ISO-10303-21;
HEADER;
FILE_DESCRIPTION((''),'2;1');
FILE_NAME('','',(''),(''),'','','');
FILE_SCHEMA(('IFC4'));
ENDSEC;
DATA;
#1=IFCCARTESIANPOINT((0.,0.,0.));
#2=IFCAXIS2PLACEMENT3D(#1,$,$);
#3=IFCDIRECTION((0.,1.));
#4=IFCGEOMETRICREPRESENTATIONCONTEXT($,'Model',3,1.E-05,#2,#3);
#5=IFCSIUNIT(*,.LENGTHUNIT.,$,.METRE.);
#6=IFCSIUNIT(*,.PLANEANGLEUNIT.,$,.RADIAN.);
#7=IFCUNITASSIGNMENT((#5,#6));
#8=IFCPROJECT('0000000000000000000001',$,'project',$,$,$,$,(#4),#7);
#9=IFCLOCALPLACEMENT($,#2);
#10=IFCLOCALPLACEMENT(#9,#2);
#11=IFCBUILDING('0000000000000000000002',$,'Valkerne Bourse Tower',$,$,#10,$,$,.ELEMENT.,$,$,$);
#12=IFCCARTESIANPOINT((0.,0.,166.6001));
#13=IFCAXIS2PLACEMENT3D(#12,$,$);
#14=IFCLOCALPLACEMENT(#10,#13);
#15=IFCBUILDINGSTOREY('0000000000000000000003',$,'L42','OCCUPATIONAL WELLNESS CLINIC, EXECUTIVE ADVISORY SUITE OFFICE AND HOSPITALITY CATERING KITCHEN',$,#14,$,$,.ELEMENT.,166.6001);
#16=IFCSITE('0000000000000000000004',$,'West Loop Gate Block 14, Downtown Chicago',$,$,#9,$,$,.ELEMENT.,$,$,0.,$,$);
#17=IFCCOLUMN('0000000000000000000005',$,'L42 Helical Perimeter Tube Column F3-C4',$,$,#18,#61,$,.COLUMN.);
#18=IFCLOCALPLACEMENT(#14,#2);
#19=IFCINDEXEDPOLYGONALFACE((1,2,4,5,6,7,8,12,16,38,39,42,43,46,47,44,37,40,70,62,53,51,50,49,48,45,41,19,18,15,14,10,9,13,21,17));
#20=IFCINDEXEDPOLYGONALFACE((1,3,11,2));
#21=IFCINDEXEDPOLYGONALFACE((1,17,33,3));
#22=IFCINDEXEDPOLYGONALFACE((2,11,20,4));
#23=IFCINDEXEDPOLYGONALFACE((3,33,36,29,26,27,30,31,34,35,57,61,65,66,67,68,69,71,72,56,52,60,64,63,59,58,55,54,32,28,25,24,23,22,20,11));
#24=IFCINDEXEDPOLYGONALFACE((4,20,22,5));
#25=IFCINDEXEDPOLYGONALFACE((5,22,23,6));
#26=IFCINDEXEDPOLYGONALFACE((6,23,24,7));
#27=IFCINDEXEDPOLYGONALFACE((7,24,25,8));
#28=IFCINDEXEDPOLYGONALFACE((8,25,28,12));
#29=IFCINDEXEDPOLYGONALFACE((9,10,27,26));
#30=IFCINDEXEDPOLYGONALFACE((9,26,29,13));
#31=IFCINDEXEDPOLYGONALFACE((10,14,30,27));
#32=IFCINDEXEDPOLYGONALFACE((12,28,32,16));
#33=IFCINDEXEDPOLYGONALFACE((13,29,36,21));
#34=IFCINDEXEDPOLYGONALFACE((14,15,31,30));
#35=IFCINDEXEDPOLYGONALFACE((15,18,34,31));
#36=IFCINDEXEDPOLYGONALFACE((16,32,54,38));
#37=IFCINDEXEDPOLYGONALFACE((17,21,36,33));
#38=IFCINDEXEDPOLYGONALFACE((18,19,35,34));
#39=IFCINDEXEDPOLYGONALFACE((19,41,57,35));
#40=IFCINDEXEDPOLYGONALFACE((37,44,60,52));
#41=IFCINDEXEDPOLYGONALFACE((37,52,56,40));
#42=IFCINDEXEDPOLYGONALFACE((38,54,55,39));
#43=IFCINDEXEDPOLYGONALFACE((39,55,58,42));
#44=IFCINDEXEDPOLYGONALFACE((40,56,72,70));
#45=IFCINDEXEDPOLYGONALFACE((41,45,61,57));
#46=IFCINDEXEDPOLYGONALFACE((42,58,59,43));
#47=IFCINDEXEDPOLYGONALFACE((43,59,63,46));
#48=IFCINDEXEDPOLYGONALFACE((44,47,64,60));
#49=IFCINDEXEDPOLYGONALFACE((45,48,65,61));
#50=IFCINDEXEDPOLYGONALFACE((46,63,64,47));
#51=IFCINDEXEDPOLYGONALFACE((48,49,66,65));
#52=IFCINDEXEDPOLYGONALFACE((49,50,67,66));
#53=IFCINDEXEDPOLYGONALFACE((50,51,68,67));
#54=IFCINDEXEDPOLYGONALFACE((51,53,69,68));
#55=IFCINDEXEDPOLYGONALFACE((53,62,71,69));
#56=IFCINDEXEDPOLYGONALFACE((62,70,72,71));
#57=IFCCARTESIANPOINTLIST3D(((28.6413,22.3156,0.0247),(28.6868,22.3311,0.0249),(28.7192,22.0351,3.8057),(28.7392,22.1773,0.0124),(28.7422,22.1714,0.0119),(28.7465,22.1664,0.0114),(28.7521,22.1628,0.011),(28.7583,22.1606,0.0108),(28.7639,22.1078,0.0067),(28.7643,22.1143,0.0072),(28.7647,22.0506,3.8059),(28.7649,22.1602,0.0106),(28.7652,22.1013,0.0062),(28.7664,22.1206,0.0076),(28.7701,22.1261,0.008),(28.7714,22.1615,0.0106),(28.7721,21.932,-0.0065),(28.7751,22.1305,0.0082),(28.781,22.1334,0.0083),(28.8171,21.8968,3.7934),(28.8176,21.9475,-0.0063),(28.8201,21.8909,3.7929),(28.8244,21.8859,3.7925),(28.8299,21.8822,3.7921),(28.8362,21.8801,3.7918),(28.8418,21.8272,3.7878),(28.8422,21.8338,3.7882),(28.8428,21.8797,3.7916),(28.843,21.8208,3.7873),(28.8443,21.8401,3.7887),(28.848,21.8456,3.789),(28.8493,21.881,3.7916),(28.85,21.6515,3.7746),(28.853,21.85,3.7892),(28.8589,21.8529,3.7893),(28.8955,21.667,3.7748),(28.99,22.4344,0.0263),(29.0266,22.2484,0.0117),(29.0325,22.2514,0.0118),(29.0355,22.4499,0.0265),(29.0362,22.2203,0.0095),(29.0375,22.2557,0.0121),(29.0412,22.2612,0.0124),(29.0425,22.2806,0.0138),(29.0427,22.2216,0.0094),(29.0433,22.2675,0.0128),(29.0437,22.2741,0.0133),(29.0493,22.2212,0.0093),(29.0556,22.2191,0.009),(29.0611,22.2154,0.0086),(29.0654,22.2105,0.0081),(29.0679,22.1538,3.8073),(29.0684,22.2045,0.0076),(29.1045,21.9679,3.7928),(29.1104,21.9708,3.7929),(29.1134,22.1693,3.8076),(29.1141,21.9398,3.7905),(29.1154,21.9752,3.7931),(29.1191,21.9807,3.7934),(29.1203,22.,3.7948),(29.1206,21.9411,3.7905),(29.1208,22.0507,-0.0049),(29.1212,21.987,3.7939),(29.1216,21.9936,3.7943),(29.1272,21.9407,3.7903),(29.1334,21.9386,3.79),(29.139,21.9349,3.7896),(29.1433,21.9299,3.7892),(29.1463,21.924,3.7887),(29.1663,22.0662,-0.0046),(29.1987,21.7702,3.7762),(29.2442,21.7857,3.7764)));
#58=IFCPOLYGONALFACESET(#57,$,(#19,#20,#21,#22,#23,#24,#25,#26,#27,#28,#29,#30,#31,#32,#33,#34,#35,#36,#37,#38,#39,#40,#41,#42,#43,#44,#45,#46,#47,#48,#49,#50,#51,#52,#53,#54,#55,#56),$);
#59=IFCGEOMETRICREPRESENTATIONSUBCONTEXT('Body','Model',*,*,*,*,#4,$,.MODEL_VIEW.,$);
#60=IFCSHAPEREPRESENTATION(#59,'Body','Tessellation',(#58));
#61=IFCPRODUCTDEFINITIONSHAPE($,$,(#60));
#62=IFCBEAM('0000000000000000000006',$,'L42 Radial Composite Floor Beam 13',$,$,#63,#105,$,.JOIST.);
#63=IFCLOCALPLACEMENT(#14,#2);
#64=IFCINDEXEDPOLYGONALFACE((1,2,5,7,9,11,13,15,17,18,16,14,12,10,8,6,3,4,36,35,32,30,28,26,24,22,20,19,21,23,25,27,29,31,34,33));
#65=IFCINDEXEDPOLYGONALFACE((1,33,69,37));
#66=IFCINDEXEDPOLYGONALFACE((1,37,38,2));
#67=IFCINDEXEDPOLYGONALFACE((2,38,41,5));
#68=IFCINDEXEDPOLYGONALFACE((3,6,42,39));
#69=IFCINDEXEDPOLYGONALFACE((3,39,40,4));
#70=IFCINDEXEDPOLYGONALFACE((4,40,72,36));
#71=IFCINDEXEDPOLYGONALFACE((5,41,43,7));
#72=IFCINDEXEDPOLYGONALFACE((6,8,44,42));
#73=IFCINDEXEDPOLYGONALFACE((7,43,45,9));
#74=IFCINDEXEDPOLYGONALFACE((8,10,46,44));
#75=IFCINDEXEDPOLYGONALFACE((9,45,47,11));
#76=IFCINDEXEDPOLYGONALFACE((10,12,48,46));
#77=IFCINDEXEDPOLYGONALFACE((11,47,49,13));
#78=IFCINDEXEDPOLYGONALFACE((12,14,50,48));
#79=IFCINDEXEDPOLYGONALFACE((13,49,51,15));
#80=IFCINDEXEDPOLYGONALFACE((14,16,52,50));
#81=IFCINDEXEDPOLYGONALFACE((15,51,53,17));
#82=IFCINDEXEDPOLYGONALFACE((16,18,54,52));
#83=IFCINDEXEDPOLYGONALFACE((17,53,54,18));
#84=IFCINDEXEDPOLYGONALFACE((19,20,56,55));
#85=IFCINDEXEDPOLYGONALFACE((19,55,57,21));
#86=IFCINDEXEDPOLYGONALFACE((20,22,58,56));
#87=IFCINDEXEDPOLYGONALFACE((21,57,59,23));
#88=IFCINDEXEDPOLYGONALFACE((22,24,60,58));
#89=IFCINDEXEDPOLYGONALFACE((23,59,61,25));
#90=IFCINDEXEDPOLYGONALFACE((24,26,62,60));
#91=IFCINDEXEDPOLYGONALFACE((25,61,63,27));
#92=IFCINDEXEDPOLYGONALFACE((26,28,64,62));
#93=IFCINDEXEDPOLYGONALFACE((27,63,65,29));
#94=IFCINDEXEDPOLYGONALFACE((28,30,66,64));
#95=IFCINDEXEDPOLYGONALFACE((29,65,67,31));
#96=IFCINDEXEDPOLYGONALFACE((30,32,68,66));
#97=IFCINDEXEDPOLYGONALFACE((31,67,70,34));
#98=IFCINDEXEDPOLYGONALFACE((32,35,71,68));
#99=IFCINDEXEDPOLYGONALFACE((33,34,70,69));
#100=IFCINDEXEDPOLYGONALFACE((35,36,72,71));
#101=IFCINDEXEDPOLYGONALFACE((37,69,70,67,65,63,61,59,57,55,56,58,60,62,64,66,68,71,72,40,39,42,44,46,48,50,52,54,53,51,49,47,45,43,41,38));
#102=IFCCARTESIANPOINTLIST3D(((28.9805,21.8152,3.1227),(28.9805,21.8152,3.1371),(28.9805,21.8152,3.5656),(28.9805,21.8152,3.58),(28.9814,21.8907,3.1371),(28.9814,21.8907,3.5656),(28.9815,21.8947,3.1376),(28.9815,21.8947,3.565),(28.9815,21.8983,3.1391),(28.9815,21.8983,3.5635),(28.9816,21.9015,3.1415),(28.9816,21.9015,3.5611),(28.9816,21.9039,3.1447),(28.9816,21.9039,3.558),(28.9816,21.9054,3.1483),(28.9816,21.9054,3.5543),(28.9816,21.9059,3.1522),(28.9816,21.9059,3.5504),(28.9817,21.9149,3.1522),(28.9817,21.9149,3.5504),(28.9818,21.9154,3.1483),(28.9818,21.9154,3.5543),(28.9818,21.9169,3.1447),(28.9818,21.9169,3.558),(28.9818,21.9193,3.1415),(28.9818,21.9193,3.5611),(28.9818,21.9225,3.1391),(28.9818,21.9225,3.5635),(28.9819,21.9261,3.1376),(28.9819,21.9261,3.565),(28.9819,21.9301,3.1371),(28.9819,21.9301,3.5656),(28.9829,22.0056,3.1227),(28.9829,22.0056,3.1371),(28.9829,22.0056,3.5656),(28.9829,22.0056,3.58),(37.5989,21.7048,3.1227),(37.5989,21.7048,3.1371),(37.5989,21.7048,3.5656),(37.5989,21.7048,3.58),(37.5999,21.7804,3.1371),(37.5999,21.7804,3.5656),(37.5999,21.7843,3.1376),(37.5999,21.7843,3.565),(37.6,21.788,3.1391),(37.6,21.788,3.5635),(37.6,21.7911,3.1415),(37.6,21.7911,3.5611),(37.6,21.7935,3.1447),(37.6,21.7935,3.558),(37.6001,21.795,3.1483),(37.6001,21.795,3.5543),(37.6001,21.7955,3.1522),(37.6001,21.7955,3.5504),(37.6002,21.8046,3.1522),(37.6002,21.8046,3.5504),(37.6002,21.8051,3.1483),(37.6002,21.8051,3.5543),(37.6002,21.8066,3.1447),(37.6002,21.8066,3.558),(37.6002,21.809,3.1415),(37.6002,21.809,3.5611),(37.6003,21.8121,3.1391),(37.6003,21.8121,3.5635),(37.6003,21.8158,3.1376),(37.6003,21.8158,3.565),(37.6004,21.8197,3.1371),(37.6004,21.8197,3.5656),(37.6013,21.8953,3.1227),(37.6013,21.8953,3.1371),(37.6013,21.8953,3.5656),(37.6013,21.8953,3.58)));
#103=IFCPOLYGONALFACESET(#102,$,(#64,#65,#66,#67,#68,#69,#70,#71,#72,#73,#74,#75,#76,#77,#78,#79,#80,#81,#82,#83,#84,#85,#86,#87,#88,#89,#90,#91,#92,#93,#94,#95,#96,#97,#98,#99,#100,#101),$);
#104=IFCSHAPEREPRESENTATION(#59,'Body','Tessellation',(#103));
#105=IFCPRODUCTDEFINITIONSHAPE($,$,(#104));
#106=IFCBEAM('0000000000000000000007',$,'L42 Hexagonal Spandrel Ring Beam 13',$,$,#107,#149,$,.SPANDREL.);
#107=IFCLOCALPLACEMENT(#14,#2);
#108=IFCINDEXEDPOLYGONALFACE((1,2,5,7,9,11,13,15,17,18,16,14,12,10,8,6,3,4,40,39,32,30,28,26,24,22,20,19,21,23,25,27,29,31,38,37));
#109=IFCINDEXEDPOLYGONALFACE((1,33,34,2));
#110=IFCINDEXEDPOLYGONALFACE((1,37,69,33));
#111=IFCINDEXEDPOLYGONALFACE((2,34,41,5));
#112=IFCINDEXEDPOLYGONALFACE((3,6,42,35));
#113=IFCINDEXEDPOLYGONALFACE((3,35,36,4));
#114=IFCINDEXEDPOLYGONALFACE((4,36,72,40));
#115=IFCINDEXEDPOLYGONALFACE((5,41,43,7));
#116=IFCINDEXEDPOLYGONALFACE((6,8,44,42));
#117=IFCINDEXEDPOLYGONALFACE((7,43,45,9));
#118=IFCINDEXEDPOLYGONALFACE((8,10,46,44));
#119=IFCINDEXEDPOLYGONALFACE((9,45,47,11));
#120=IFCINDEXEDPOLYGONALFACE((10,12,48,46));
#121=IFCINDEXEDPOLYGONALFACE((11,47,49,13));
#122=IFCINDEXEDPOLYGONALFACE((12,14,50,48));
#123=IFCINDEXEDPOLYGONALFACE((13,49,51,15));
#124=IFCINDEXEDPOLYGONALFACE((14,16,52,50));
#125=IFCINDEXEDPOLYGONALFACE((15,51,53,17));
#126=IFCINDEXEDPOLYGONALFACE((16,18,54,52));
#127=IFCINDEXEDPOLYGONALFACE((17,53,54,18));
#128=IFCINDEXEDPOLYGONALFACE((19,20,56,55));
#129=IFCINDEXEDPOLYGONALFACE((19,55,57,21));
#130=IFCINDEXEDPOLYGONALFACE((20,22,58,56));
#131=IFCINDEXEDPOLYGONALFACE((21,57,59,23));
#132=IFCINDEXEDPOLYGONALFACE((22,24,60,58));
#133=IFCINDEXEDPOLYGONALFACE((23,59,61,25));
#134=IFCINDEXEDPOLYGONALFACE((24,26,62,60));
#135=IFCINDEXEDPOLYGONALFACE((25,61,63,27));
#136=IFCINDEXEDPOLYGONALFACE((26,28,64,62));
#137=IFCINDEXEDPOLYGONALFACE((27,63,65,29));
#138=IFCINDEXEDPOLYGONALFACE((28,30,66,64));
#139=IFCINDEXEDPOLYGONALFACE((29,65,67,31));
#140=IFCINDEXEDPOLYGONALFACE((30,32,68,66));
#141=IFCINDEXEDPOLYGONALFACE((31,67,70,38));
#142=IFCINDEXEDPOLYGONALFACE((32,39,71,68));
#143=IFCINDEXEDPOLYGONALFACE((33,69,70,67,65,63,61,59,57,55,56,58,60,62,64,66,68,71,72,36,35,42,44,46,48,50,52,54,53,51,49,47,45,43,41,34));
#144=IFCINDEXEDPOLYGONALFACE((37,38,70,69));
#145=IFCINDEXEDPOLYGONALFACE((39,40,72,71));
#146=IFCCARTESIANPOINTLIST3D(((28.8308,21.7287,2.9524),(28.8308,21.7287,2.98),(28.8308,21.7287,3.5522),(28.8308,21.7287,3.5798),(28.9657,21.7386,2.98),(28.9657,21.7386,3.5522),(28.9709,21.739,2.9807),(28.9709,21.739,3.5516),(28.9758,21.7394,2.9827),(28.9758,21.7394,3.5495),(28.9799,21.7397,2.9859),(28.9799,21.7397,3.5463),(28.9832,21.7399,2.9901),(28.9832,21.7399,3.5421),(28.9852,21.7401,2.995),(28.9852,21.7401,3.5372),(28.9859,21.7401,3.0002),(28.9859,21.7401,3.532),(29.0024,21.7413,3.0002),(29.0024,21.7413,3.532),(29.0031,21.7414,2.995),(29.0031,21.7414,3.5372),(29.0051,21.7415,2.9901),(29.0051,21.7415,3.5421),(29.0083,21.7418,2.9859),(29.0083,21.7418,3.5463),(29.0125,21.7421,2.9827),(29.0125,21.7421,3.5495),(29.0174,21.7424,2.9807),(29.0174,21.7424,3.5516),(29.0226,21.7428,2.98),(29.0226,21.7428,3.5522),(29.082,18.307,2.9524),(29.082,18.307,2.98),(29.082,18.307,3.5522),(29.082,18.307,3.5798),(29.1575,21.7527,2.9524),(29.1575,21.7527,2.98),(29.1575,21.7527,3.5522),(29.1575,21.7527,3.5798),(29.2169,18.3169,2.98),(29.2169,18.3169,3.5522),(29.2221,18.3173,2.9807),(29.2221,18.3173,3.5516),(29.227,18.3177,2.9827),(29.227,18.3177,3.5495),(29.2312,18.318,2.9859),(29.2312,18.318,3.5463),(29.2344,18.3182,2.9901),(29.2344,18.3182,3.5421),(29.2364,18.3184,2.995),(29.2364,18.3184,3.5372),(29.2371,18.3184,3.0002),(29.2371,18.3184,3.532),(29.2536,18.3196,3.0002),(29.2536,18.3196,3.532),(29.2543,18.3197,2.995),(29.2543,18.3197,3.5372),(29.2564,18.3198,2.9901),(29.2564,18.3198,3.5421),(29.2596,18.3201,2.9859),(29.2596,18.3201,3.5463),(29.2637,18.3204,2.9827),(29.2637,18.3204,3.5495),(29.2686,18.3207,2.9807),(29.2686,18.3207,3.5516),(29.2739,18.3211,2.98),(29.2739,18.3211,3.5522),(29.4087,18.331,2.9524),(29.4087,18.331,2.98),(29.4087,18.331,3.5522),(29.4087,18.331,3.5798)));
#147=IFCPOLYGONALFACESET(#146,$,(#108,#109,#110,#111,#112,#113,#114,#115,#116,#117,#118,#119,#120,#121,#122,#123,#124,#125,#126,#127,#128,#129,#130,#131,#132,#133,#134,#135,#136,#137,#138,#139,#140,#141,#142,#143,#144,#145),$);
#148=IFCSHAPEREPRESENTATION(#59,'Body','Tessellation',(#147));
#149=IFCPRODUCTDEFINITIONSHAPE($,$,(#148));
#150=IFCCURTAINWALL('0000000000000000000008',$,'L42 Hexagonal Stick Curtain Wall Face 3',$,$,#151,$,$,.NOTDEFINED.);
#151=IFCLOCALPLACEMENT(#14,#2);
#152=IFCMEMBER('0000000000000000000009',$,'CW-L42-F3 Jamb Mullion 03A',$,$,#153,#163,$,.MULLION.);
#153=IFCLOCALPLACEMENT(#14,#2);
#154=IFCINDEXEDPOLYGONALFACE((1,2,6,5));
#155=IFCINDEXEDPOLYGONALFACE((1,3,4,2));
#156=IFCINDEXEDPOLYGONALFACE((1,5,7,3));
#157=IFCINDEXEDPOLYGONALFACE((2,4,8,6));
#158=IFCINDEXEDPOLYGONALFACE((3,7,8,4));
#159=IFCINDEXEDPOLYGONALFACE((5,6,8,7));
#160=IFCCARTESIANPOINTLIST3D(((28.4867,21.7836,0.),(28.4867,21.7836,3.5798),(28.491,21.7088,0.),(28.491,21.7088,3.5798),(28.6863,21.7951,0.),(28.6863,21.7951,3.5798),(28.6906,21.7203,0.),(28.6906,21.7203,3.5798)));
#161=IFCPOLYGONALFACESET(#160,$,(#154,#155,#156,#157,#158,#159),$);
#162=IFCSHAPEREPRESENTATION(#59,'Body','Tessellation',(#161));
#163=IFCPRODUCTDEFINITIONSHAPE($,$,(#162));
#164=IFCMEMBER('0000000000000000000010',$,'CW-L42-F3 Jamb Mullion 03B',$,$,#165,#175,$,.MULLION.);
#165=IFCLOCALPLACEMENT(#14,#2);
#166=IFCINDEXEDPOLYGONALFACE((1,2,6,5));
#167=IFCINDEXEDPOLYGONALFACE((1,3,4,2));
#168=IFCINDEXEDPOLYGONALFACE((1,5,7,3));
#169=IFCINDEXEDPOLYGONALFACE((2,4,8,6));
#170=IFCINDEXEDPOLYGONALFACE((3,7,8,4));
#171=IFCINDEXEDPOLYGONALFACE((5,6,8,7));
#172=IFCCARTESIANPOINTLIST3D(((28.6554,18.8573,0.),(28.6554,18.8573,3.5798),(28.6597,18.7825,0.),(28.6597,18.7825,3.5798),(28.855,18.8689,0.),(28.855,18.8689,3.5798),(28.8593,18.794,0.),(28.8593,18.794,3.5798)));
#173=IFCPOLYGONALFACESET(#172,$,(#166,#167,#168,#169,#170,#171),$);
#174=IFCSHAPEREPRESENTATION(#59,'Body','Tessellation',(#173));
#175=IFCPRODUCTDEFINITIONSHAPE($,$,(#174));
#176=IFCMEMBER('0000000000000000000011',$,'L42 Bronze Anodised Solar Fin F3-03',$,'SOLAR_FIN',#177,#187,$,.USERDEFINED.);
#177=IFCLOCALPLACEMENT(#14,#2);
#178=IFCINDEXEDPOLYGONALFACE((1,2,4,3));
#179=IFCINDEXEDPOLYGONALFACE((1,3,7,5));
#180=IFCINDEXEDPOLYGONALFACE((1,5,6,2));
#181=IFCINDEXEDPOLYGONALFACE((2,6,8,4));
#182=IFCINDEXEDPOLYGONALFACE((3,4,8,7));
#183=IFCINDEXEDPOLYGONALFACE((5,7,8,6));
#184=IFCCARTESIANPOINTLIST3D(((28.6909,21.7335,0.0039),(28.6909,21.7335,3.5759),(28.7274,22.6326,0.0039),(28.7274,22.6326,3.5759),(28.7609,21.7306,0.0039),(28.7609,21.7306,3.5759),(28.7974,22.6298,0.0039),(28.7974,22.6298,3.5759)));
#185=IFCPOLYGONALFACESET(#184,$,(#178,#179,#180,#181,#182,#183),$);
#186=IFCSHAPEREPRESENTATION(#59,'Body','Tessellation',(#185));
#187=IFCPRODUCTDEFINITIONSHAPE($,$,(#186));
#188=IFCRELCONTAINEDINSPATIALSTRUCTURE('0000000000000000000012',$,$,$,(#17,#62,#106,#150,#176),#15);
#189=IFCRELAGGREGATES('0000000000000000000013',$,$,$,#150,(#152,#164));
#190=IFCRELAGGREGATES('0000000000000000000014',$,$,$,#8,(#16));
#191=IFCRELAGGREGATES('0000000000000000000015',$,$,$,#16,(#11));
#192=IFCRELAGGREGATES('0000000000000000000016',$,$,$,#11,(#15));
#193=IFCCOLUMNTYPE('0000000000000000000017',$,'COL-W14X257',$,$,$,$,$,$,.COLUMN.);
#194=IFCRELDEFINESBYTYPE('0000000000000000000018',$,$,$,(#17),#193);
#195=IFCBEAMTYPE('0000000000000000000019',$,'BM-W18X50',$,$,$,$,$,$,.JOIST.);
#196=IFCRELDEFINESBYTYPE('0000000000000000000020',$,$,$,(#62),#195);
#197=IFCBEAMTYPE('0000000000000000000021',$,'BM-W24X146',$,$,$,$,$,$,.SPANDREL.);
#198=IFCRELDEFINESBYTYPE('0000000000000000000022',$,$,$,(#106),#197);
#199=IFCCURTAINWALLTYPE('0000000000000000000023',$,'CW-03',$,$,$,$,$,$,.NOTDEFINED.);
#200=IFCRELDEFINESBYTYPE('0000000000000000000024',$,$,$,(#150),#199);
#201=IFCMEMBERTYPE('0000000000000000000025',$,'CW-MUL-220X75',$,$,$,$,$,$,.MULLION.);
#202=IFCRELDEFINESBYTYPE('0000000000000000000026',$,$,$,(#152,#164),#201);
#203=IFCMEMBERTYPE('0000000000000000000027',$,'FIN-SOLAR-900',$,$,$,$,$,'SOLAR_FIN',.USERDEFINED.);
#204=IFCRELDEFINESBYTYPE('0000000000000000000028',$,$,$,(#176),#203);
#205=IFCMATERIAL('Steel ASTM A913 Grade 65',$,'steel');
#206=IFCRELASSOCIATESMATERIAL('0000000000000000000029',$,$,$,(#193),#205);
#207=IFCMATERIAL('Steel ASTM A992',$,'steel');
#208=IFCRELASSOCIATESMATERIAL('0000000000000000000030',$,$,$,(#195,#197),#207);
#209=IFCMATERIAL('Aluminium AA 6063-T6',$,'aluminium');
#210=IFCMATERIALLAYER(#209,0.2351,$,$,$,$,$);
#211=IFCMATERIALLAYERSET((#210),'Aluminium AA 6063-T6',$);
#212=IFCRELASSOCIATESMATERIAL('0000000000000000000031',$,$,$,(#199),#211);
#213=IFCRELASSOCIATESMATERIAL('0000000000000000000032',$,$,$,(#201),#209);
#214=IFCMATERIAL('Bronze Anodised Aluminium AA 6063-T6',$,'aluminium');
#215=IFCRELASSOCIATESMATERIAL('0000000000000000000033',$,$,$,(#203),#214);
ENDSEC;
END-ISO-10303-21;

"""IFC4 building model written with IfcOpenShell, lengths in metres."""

from ifc_helpers import new_model, si_unit, direction, frame, origin, origin_2d, place, context, subcontext, project, spatial, rectangle, i_section, extrude, material, layer, layer_set, material_profile, profile_set, type_object, element, aggregate, save


model = new_model("IFC4")

# Units and contexts
model_context = context("Model", 3, precision=1e-05, world=origin(), true_north=direction((0.0, 1.0)))
body_context = subcontext(model_context, "Body", "Model", "MODEL_VIEW")
ifc_project = project(units=[si_unit("LENGTHUNIT", "METRE"), si_unit("PLANEANGLEUNIT", "RADIAN")], contexts=[model_context])

# Site, building, storey
site_placement = place(None, origin())
site = spatial("IfcSite", under=ifc_project, at=site_placement, Name="West Loop Gate Block 14, Downtown Chicago", CompositionType="ELEMENT", RefElevation=0.0)
building_placement = place(site_placement, origin())
building = spatial("IfcBuilding", under=site, at=building_placement, Name="Valkerne Bourse Tower", CompositionType="ELEMENT")
storey_placement = place(building_placement, frame((0.0, 0.0, 166.6001)))
storey = spatial("IfcBuildingStorey", under=building, at=storey_placement, Name="L42", Description="OCCUPATIONAL WELLNESS CLINIC, EXECUTIVE ADVISORY SUITE OFFICE AND HOSPITALITY CATERING KITCHEN", CompositionType="ELEMENT", Elevation=166.6001)

# Column
ifc_material_1 = material(Name="Steel ASTM A913 Grade 65", Category="steel")
ifc_material_profile_1 = material_profile(ifc_material_1, i_section(OverallWidth=0.4065, OverallDepth=0.4165, WebThickness=0.0298, FlangeThickness=0.0481, FilletRadius=0.0254, at=origin_2d()), Name="W14X257")
ifc_profile_set_1 = profile_set([ifc_material_profile_1], Name="Steel ASTM A913 Grade 65")
column_type = type_object("IfcColumnType", Name="COL-W14X257", PredefinedType="COLUMN", material=ifc_profile_set_1)
column_placement = place(storey_placement, frame((28.9038, 22.1909, 0.01), z_axis=(0.020537, -0.073972, 0.997049), x_axis=(0.321748, -0.943718, -0.076643)))
element("IfcColumn", 1, at=column_placement, inside=storey, type_object=column_type, Name="L42 Helical Perimeter Tube Column F3-C4", PredefinedType="COLUMN", context=body_context, shape_type="SweptSolid", body=[
    extrude(i_section(OverallWidth=0.4065, OverallDepth=0.4165, WebThickness=0.0298, FlangeThickness=0.0481, FilletRadius=0.0254, at=origin_2d()), origin(), (0.0, 0.0, 1.0), 3.7922),
])

# Beams
ifc_material_2 = material(Name="Steel ASTM A992", Category="steel")
ifc_material_profile_2 = material_profile(ifc_material_2, i_section(OverallWidth=0.1904, OverallDepth=0.4573, WebThickness=0.009, FlangeThickness=0.0144, FilletRadius=0.0151, at=origin_2d()), Name="W18X50")
ifc_profile_set_2 = profile_set([ifc_material_profile_2], Name="Steel ASTM A992")
beam_type_1 = type_object("IfcBeamType", Name="BM-W18X50", PredefinedType="JOIST", material=ifc_profile_set_2)
beam_1_placement = place(storey_placement, frame((28.9817, 21.9104, 3.3513), z_axis=(0.999918, -0.012803, 0.0), x_axis=(0.012803, 0.999918, 0.0)))
element("IfcBeam", 2, at=beam_1_placement, inside=storey, type_object=beam_type_1, Name="L42 Radial Composite Floor Beam 13", PredefinedType="JOIST", context=body_context, shape_type="SweptSolid", body=[
    extrude(i_section(OverallWidth=0.1904, OverallDepth=0.4573, WebThickness=0.009, FlangeThickness=0.0144, FilletRadius=0.0151, at=origin_2d()), origin(), (0.0, 0.0, 1.0), 8.6191),
])
ifc_material_profile_3 = material_profile(ifc_material_2, i_section(OverallWidth=0.3276, OverallDepth=0.6274, WebThickness=0.0166, FlangeThickness=0.0276, FilletRadius=0.0203, at=origin_2d()), Name="W24X146")
ifc_profile_set_3 = profile_set([ifc_material_profile_3], Name="Steel ASTM A992")
beam_type_2 = type_object("IfcBeamType", Name="BM-W24X146", PredefinedType="SPANDREL", material=ifc_profile_set_3)
beam_2_placement = place(storey_placement, frame((28.9941, 21.7407, 3.2661), z_axis=(0.073224, -0.997316, 0.0), x_axis=(0.997316, 0.073224, 0.0)))
element("IfcBeam", 3, at=beam_2_placement, inside=storey, type_object=beam_type_2, Name="L42 Hexagonal Spandrel Ring Beam 13", PredefinedType="SPANDREL", context=body_context, shape_type="SweptSolid", body=[
    extrude(i_section(OverallWidth=0.3276, OverallDepth=0.6274, WebThickness=0.0166, FlangeThickness=0.0276, FilletRadius=0.0203, at=origin_2d()), origin(), (0.0, 0.0, 1.0), 3.4309),
])

# Curtain wall, members
ifc_material_3 = material(Name="Aluminium AA 6063-T6", Category="aluminium")
ifc_layer_1 = layer(ifc_material_3, 0.2351)
ifc_layer_set_1 = layer_set([ifc_layer_1], Name="Aluminium AA 6063-T6")
curtain_wall_type = type_object("IfcCurtainWallType", Name="CW-03", PredefinedType="NOTDEFINED", material=ifc_layer_set_1)
curtain_wall_placement = place(storey_placement, origin())
curtain_wall = element("IfcCurtainWall", 4, at=curtain_wall_placement, inside=storey, type_object=curtain_wall_type, Name="L42 Hexagonal Stick Curtain Wall Face 3", PredefinedType="NOTDEFINED")
ifc_material_profile_4 = material_profile(ifc_material_3, rectangle(XDim=0.075, YDim=0.2, at=origin_2d()), Name="CWM-75X200")
ifc_profile_set_4 = profile_set([ifc_material_profile_4], Name="Aluminium AA 6063-T6")
member_type_1 = type_object("IfcMemberType", Name="CW-MUL-220X75", PredefinedType="MULLION", material=ifc_profile_set_4)
member_1_placement = place(storey_placement, frame((28.5886, 21.752, 0.0), z_axis=(0.0, 0.0, 1.0), x_axis=(0.05757, -0.998341, 0.0)))
member_1 = element("IfcMember", 5, at=member_1_placement, type_object=member_type_1, Name="CW-L42-F3 Jamb Mullion 03A", PredefinedType="MULLION", context=body_context, shape_type="SweptSolid", body=[
    extrude(rectangle(XDim=0.075, YDim=0.2, at=origin_2d()), origin(), (0.0, 0.0, 1.0), 3.5798),
])
member_2_placement = place(storey_placement, frame((28.7573, 18.8257, 0.0), z_axis=(0.0, 0.0, 1.0), x_axis=(0.05757, -0.998341, 0.0)))
member_2 = element("IfcMember", 6, at=member_2_placement, type_object=member_type_1, Name="CW-L42-F3 Jamb Mullion 03B", PredefinedType="MULLION", context=body_context, shape_type="SweptSolid", body=[
    extrude(rectangle(XDim=0.075, YDim=0.2, at=origin_2d()), origin(), (0.0, 0.0, 1.0), 3.5798),
])

# Member
ifc_material_4 = material(Name="Bronze Anodised Aluminium AA 6063-T6", Category="aluminium")
ifc_material_profile_5 = material_profile(ifc_material_4, rectangle(XDim=0.0701, YDim=0.8999, at=origin_2d()), Name="FIN-70X900")
ifc_profile_set_5 = profile_set([ifc_material_profile_5], Name="Bronze Anodised Aluminium AA 6063-T6")
member_type_2 = type_object("IfcMemberType", Name="FIN-SOLAR-900", ElementType="SOLAR_FIN", PredefinedType="USERDEFINED", material=ifc_profile_set_5)
member_3_placement = place(storey_placement, frame((28.7441, 22.1816, 0.0039), z_axis=(0.0, 0.0, 1.0), x_axis=(-0.999175, 0.0406, 0.0)))
element("IfcMember", 7, at=member_3_placement, inside=storey, type_object=member_type_2, Name="L42 Bronze Anodised Solar Fin F3-03", ObjectType="SOLAR_FIN", PredefinedType="USERDEFINED", context=body_context, shape_type="SweptSolid", body=[
    extrude(rectangle(XDim=0.0701, YDim=0.8999, at=origin_2d()), origin(), (0.0, 0.0, 1.0), 3.572),
])

aggregate(curtain_wall, [member_1, member_2])

save(model, "model.ifc")
